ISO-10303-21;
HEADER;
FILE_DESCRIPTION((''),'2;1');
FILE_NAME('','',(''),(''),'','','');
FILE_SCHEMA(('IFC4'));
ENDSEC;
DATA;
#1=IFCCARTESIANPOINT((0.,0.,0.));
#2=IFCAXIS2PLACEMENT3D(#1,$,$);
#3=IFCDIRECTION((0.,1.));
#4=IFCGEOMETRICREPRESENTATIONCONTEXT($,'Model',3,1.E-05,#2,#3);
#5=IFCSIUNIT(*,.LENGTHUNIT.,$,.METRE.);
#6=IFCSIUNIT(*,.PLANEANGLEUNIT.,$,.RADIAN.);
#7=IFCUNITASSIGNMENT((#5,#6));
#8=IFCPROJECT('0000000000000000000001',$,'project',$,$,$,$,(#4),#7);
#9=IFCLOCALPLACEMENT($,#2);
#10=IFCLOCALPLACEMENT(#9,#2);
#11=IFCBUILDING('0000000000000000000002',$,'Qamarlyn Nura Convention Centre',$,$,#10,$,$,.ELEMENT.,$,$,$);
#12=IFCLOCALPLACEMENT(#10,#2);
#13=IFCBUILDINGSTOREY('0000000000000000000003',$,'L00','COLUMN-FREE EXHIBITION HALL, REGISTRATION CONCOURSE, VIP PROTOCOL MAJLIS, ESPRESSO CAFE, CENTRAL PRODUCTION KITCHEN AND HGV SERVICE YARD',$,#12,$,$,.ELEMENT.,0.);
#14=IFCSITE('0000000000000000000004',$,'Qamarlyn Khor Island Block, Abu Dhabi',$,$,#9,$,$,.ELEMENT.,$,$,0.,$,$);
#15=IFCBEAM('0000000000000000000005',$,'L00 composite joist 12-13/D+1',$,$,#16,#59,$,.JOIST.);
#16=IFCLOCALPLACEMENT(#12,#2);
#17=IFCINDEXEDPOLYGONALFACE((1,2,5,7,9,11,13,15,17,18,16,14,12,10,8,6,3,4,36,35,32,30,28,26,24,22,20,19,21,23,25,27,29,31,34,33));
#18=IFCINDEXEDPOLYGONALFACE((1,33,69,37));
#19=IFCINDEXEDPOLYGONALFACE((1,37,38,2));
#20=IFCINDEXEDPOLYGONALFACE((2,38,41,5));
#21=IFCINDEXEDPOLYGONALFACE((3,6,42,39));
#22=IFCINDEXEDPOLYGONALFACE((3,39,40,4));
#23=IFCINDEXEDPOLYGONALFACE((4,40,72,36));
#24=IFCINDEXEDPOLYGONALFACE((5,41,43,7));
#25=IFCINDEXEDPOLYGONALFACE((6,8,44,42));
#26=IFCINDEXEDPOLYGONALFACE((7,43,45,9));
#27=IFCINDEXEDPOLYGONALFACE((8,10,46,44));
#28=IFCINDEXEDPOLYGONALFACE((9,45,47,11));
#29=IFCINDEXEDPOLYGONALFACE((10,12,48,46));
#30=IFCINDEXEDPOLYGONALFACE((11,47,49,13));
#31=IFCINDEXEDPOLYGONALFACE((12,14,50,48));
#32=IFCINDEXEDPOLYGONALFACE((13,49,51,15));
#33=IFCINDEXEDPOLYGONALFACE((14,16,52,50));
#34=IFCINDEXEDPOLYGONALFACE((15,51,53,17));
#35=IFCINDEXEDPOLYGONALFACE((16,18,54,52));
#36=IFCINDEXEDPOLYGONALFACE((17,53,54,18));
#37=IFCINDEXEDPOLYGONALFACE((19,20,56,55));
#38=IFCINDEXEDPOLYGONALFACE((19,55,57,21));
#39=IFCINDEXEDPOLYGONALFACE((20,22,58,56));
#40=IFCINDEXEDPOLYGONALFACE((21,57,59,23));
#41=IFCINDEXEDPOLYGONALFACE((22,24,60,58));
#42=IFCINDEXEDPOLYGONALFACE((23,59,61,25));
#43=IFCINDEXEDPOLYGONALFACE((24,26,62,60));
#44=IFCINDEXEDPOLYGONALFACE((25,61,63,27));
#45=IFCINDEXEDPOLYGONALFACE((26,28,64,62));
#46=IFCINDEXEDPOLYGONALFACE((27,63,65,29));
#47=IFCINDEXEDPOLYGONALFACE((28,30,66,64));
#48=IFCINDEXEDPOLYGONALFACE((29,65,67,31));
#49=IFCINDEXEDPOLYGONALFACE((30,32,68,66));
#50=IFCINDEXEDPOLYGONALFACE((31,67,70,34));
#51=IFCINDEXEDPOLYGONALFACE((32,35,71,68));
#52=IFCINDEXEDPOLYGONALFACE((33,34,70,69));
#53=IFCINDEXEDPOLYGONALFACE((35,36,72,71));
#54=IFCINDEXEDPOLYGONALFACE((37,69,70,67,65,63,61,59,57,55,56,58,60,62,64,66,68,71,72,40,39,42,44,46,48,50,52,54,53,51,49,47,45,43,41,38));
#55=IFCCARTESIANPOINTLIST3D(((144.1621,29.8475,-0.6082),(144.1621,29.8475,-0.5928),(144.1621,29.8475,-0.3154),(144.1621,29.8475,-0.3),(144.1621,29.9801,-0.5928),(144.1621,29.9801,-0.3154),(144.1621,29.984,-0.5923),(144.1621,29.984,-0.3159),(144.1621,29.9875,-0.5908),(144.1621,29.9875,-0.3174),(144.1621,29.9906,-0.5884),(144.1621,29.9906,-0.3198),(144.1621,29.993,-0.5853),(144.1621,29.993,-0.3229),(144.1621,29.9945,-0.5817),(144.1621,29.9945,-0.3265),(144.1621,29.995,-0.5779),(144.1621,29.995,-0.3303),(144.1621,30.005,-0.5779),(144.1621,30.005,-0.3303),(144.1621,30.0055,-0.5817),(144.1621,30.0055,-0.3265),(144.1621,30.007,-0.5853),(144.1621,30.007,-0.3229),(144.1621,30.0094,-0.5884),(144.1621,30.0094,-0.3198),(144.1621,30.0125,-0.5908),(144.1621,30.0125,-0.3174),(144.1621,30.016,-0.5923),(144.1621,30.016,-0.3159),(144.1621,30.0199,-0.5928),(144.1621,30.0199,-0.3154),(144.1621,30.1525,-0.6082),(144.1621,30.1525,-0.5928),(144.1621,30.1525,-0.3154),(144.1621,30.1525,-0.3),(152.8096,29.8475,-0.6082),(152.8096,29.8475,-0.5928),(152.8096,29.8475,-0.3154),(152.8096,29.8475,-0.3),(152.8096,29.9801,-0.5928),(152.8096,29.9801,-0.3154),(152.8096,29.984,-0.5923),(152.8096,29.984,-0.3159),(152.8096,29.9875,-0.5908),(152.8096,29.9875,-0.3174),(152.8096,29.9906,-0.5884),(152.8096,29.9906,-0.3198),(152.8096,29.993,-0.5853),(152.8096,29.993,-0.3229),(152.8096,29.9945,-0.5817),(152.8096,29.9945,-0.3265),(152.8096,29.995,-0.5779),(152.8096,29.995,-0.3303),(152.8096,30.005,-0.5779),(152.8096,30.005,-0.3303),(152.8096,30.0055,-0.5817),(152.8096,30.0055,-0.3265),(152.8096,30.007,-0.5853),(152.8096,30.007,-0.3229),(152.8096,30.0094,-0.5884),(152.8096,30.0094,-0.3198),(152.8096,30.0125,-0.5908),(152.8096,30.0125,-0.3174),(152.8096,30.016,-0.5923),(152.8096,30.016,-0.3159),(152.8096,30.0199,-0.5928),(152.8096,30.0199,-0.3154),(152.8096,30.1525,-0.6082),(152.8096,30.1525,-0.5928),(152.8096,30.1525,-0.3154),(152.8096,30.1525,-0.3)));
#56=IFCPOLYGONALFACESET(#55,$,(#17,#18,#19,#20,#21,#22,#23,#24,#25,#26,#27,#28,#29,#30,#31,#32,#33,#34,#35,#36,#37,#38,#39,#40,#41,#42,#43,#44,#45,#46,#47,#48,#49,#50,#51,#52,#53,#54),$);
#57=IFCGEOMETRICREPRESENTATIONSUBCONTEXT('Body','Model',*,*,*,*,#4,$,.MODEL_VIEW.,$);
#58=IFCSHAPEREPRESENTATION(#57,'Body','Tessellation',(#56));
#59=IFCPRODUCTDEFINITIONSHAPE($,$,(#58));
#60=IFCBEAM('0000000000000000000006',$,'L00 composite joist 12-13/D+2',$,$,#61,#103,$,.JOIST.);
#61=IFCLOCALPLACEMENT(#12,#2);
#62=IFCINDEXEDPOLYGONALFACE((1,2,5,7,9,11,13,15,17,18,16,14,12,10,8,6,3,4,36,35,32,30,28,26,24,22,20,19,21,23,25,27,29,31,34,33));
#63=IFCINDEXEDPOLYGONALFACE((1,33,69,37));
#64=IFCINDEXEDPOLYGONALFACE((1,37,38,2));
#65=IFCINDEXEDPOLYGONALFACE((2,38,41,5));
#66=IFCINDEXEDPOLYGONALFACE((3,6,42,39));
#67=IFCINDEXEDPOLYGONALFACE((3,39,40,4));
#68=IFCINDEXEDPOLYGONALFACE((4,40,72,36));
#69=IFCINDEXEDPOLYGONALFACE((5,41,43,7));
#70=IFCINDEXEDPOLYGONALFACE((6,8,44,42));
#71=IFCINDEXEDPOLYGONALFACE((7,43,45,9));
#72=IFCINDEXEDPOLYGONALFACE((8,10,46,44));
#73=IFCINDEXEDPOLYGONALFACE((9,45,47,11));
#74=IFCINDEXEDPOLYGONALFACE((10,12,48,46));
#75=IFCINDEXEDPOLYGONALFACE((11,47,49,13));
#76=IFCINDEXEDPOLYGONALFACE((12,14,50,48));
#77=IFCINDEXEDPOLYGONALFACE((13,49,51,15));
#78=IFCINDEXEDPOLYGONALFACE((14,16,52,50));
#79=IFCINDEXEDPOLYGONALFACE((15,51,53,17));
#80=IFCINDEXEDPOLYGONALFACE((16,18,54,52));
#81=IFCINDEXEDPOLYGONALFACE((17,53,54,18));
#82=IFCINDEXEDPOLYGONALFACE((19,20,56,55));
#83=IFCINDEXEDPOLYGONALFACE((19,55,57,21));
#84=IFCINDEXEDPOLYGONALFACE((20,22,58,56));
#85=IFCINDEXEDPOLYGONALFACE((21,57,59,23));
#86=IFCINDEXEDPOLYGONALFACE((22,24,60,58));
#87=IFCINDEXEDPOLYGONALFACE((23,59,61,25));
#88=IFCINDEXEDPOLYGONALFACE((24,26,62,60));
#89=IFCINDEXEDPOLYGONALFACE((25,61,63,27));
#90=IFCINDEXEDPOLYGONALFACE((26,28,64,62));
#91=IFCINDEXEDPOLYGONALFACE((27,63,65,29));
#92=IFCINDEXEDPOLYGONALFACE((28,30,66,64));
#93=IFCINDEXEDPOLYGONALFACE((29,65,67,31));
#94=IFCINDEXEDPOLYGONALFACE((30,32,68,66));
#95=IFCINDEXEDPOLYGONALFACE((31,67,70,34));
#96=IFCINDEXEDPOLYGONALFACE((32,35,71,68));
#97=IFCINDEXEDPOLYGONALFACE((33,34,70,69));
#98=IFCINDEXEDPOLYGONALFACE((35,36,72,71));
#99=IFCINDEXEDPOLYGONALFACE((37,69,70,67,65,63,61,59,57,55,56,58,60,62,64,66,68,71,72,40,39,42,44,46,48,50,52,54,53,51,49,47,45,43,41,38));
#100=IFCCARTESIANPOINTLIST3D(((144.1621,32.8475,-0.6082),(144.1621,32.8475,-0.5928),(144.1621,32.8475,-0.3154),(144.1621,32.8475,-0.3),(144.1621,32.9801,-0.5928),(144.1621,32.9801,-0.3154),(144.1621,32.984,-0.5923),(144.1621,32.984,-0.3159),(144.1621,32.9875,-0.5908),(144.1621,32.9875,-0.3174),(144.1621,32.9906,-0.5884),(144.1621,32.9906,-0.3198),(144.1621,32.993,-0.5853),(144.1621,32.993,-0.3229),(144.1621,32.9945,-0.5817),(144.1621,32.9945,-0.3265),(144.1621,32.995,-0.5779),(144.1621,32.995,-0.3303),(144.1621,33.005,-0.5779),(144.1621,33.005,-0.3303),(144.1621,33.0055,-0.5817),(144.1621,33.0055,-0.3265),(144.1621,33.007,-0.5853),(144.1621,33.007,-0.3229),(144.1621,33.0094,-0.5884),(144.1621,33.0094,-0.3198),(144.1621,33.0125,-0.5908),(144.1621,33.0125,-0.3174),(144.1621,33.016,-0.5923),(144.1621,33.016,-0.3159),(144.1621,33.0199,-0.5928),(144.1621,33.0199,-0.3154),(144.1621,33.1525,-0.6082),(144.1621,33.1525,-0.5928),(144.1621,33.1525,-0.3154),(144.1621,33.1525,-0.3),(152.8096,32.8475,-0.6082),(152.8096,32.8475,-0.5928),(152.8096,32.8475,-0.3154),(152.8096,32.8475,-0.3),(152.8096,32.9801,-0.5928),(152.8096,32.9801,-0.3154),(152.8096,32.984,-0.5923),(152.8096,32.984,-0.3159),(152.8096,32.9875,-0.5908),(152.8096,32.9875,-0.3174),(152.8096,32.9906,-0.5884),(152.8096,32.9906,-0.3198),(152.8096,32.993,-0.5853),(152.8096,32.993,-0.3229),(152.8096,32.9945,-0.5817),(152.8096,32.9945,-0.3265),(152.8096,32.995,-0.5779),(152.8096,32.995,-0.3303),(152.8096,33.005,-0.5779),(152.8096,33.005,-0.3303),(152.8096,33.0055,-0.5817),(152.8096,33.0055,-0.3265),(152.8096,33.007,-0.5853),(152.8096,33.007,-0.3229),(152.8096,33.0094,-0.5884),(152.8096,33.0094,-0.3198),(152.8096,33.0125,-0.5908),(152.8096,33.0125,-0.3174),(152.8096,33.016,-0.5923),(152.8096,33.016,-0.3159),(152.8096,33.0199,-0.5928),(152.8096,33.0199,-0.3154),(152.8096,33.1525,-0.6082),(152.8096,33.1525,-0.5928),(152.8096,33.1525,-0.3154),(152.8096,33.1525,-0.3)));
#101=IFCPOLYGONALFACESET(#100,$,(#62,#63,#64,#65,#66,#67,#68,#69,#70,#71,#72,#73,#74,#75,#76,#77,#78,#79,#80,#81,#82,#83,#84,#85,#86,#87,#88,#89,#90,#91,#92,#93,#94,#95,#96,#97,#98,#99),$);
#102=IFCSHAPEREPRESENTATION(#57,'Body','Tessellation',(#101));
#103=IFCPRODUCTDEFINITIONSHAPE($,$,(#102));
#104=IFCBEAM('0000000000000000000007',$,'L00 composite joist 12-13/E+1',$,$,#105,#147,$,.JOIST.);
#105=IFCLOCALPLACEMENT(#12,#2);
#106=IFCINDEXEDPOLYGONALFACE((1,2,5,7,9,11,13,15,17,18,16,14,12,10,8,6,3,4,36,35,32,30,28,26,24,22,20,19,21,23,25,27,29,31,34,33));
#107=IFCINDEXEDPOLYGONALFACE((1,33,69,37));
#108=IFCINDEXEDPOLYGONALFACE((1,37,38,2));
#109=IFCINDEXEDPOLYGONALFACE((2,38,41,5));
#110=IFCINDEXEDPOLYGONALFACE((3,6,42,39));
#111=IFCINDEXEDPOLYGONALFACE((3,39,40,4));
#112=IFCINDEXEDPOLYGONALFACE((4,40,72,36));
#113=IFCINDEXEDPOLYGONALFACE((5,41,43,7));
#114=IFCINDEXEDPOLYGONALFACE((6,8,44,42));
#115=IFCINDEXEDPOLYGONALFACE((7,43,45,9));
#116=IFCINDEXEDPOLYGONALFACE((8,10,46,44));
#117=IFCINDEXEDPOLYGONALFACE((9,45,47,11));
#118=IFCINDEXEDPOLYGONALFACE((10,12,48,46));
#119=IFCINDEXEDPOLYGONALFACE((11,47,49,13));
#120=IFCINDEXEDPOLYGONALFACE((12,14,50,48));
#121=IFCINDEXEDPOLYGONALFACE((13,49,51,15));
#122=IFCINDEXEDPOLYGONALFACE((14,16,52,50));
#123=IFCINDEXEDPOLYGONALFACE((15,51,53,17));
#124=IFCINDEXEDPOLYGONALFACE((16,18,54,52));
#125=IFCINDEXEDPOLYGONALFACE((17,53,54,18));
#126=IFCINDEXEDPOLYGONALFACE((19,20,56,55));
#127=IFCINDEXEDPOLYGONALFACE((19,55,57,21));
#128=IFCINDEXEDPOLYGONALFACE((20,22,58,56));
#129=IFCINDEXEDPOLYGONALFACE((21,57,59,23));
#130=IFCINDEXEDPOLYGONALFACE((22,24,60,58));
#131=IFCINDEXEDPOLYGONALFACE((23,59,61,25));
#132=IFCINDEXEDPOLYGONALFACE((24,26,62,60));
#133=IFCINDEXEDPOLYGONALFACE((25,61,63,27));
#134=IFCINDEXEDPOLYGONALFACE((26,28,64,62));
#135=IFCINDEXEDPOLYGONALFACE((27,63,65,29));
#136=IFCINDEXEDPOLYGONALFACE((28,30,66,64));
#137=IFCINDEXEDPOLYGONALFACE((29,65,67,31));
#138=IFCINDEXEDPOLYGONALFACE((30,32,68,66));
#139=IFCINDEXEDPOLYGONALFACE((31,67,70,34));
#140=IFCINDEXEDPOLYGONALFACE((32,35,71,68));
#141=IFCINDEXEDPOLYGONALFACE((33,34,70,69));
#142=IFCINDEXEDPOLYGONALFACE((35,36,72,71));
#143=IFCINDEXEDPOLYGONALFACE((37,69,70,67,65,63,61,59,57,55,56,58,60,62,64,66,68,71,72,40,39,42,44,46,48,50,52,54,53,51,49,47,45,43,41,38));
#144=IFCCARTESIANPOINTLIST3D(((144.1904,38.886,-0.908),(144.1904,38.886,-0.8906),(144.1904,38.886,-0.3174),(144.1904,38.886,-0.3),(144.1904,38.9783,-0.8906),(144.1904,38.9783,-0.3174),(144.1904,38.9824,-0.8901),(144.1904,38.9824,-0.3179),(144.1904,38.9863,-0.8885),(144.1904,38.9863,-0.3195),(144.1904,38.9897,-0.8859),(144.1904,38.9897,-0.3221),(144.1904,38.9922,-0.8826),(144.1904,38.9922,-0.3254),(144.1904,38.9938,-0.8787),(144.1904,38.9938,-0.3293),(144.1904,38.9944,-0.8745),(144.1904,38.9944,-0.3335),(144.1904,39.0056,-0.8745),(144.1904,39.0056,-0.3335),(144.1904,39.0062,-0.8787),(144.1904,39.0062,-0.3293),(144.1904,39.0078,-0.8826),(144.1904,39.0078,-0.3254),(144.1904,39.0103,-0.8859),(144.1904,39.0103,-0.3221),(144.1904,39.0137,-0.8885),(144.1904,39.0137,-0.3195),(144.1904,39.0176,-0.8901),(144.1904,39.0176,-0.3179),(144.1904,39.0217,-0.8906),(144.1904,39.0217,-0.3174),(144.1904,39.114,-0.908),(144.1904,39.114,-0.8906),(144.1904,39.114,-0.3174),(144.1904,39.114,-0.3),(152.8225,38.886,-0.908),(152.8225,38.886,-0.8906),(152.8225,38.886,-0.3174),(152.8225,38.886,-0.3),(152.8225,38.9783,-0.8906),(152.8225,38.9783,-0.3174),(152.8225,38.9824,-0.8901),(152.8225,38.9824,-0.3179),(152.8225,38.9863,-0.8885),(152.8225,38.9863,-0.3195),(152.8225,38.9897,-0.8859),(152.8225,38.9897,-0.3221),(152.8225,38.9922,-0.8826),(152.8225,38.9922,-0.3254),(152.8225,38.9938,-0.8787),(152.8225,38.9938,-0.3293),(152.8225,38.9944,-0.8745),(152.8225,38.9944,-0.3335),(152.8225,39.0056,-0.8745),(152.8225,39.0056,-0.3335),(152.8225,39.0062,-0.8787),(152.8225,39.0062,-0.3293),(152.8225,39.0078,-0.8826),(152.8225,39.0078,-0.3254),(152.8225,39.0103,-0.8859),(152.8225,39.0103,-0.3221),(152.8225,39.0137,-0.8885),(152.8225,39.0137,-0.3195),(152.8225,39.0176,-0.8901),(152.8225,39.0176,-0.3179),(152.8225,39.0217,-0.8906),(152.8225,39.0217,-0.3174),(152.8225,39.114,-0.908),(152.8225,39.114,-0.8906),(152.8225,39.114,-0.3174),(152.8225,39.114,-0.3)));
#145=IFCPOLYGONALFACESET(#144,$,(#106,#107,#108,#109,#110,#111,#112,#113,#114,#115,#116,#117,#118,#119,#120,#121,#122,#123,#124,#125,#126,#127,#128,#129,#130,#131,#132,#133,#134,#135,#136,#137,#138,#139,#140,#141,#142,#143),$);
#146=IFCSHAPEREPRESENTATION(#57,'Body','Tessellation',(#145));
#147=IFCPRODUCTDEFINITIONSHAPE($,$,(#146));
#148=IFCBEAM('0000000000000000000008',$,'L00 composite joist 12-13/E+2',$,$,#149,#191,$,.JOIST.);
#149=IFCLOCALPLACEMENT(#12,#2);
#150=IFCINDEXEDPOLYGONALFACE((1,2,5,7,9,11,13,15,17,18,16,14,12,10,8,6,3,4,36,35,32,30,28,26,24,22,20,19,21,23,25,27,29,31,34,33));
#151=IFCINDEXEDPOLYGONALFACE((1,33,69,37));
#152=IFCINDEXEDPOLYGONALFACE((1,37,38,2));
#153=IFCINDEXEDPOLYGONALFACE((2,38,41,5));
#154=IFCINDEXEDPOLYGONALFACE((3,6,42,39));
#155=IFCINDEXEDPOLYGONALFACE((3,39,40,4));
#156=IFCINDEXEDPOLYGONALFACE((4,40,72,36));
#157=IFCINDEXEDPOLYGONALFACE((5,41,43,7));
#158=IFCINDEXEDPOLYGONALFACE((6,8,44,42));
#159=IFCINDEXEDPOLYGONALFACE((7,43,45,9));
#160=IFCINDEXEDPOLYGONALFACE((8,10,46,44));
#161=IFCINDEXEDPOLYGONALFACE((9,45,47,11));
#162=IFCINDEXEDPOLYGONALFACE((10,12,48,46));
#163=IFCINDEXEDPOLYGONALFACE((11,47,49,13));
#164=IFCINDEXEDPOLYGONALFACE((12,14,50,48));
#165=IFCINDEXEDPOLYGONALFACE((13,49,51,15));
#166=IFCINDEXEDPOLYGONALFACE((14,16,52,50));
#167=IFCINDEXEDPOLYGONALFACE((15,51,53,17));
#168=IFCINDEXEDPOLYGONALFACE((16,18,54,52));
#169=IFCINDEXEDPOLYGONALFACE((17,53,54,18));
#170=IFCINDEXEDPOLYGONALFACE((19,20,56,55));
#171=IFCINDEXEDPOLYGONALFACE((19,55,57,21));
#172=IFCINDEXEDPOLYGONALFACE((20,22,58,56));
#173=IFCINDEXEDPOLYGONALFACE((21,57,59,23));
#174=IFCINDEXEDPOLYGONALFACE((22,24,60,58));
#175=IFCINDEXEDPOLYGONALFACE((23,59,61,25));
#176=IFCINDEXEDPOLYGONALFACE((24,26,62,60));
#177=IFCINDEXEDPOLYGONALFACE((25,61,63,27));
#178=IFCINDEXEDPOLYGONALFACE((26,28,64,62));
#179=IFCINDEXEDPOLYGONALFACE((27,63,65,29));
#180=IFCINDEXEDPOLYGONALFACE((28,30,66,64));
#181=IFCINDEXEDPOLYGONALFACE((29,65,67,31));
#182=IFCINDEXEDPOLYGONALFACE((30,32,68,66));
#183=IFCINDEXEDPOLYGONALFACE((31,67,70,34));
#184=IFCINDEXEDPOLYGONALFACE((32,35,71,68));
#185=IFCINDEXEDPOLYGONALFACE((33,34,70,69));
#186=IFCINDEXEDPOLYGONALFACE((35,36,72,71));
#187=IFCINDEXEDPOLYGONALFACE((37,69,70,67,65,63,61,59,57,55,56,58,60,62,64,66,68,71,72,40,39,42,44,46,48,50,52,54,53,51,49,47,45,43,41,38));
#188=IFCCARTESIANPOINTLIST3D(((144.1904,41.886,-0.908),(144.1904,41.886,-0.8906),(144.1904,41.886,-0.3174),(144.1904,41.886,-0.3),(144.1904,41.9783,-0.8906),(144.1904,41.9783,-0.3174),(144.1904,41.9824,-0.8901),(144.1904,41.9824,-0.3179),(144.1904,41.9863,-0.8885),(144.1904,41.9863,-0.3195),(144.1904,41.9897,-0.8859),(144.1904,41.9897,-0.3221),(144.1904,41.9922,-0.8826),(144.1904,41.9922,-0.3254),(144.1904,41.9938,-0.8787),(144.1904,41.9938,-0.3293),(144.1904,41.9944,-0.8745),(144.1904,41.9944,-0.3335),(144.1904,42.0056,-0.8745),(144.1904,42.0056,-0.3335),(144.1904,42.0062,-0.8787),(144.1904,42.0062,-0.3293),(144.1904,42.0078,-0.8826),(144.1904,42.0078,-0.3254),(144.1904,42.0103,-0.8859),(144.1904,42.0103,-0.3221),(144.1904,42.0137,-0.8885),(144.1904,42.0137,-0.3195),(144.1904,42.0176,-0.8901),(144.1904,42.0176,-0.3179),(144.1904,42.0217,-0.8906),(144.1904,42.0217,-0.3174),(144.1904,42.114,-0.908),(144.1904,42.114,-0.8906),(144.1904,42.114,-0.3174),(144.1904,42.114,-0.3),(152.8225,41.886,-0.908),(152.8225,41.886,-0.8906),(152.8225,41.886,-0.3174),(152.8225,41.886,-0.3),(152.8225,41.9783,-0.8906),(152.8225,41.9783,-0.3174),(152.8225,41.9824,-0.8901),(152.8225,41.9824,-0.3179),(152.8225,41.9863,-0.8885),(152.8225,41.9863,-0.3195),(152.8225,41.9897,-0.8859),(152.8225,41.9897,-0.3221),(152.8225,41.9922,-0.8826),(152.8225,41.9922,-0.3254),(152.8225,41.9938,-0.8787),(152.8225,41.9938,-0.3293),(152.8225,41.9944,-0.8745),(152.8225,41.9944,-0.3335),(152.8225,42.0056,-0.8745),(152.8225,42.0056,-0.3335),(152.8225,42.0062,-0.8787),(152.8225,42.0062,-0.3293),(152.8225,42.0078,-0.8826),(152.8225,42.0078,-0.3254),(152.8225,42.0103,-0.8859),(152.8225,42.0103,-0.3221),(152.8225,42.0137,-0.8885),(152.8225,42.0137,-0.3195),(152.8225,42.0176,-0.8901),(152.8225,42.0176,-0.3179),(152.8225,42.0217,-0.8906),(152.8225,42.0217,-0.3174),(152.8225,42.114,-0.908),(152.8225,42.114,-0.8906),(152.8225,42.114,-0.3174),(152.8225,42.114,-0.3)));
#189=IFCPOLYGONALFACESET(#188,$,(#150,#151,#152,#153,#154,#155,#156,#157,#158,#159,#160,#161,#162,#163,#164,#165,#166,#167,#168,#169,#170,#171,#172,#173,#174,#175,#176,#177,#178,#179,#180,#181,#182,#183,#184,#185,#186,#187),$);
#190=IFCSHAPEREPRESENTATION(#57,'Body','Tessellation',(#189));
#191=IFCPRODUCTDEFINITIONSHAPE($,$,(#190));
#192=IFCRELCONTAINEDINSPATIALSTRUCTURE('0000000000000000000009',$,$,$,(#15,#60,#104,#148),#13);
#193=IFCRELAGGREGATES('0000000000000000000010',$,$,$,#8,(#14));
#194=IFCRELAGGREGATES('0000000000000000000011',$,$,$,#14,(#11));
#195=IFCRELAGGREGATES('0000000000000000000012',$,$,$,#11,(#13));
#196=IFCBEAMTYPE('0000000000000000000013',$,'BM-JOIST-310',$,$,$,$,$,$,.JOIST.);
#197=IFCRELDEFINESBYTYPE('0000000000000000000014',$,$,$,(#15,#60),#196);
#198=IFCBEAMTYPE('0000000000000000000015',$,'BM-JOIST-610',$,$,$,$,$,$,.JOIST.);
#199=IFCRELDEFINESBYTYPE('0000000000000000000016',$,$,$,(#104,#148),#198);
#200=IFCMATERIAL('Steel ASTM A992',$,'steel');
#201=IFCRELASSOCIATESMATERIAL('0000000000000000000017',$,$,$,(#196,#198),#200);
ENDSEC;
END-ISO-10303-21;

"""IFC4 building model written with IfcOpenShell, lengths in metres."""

from ifc_helpers import new_model, si_unit, direction, frame, origin, origin_2d, place, context, subcontext, project, spatial, i_section, extrude, material, material_profile, profile_set, type_object, element, save


model = new_model("IFC4")

# Units and contexts
model_context = context("Model", 3, precision=1e-05, world=origin(), true_north=direction((0.0, 1.0)))
body_context = subcontext(model_context, "Body", "Model", "MODEL_VIEW")
ifc_project = project(units=[si_unit("LENGTHUNIT", "METRE"), si_unit("PLANEANGLEUNIT", "RADIAN")], contexts=[model_context])

# Site, building, storey
site_placement = place(None, origin())
site = spatial("IfcSite", under=ifc_project, at=site_placement, Name="Qamarlyn Khor Island Block, Abu Dhabi", CompositionType="ELEMENT", RefElevation=0.0)
building_placement = place(site_placement, origin())
building = spatial("IfcBuilding", under=site, at=building_placement, Name="Qamarlyn Nura Convention Centre", CompositionType="ELEMENT")
storey_placement = place(building_placement, origin())
storey = spatial("IfcBuildingStorey", under=building, at=storey_placement, Name="L00", Description="COLUMN-FREE EXHIBITION HALL, REGISTRATION CONCOURSE, VIP PROTOCOL MAJLIS, ESPRESSO CAFE, CENTRAL PRODUCTION KITCHEN AND HGV SERVICE YARD", CompositionType="ELEMENT", Elevation=0.0)

# Shared definitions
ifc_material_1 = material(Name="Steel ASTM A992", Category="steel")

# Beams
ifc_material_profile_1 = material_profile(ifc_material_1, i_section(OverallWidth=0.3049, OverallDepth=0.3081, WebThickness=0.01, FlangeThickness=0.0154, FilletRadius=0.0149, at=origin_2d()), Name="W310X97")
ifc_profile_set_1 = profile_set([ifc_material_profile_1], Name="Steel ASTM A992")
beam_type_1 = type_object("IfcBeamType", Name="BM-JOIST-310", PredefinedType="JOIST", material=ifc_profile_set_1)
for number, where, z_axis, x_axis, name in (
    (1, (144.1621, 30.0, -0.4541), (1.0, 0.0, 0.0), (0.0, 1.0, 0.0), "L00 composite joist 12-13/D+1"),
    (2, (144.1621, 33.0, -0.4541), (1.0, 0.0, 0.0), (0.0, 1.0, 0.0), "L00 composite joist 12-13/D+2"),
):
    element("IfcBeam", number, at=place(storey_placement, frame(where, z_axis=z_axis, x_axis=x_axis)), inside=storey, type_object=beam_type_1, Name=name, PredefinedType="JOIST", context=body_context, shape_type="SweptSolid", body=[
        extrude(i_section(OverallWidth=0.3049, OverallDepth=0.3081, WebThickness=0.01, FlangeThickness=0.0154, FilletRadius=0.0149, at=origin_2d()), origin(), (0.0, 0.0, 1.0), 8.6475),
    ])
ifc_material_profile_2 = material_profile(ifc_material_1, i_section(OverallWidth=0.228, OverallDepth=0.6079, WebThickness=0.0112, FlangeThickness=0.0173, FilletRadius=0.0161, at=origin_2d()), Name="W610X113")
ifc_profile_set_2 = profile_set([ifc_material_profile_2], Name="Steel ASTM A992")
beam_type_2 = type_object("IfcBeamType", Name="BM-JOIST-610", PredefinedType="JOIST", material=ifc_profile_set_2)
for number, where, z_axis, x_axis, name in (
    (3, (144.1904, 39.0, -0.604), (1.0, 0.0, 0.0), (0.0, 1.0, 0.0), "L00 composite joist 12-13/E+1"),
    (4, (144.1904, 42.0, -0.604), (1.0, 0.0, 0.0), (0.0, 1.0, 0.0), "L00 composite joist 12-13/E+2"),
):
    element("IfcBeam", number, at=place(storey_placement, frame(where, z_axis=z_axis, x_axis=x_axis)), inside=storey, type_object=beam_type_2, Name=name, PredefinedType="JOIST", context=body_context, shape_type="SweptSolid", body=[
        extrude(i_section(OverallWidth=0.228, OverallDepth=0.6079, WebThickness=0.0112, FlangeThickness=0.0173, FilletRadius=0.0161, at=origin_2d()), origin(), (0.0, 0.0, 1.0), 8.6321),
    ])

save(model, "model.ifc")
